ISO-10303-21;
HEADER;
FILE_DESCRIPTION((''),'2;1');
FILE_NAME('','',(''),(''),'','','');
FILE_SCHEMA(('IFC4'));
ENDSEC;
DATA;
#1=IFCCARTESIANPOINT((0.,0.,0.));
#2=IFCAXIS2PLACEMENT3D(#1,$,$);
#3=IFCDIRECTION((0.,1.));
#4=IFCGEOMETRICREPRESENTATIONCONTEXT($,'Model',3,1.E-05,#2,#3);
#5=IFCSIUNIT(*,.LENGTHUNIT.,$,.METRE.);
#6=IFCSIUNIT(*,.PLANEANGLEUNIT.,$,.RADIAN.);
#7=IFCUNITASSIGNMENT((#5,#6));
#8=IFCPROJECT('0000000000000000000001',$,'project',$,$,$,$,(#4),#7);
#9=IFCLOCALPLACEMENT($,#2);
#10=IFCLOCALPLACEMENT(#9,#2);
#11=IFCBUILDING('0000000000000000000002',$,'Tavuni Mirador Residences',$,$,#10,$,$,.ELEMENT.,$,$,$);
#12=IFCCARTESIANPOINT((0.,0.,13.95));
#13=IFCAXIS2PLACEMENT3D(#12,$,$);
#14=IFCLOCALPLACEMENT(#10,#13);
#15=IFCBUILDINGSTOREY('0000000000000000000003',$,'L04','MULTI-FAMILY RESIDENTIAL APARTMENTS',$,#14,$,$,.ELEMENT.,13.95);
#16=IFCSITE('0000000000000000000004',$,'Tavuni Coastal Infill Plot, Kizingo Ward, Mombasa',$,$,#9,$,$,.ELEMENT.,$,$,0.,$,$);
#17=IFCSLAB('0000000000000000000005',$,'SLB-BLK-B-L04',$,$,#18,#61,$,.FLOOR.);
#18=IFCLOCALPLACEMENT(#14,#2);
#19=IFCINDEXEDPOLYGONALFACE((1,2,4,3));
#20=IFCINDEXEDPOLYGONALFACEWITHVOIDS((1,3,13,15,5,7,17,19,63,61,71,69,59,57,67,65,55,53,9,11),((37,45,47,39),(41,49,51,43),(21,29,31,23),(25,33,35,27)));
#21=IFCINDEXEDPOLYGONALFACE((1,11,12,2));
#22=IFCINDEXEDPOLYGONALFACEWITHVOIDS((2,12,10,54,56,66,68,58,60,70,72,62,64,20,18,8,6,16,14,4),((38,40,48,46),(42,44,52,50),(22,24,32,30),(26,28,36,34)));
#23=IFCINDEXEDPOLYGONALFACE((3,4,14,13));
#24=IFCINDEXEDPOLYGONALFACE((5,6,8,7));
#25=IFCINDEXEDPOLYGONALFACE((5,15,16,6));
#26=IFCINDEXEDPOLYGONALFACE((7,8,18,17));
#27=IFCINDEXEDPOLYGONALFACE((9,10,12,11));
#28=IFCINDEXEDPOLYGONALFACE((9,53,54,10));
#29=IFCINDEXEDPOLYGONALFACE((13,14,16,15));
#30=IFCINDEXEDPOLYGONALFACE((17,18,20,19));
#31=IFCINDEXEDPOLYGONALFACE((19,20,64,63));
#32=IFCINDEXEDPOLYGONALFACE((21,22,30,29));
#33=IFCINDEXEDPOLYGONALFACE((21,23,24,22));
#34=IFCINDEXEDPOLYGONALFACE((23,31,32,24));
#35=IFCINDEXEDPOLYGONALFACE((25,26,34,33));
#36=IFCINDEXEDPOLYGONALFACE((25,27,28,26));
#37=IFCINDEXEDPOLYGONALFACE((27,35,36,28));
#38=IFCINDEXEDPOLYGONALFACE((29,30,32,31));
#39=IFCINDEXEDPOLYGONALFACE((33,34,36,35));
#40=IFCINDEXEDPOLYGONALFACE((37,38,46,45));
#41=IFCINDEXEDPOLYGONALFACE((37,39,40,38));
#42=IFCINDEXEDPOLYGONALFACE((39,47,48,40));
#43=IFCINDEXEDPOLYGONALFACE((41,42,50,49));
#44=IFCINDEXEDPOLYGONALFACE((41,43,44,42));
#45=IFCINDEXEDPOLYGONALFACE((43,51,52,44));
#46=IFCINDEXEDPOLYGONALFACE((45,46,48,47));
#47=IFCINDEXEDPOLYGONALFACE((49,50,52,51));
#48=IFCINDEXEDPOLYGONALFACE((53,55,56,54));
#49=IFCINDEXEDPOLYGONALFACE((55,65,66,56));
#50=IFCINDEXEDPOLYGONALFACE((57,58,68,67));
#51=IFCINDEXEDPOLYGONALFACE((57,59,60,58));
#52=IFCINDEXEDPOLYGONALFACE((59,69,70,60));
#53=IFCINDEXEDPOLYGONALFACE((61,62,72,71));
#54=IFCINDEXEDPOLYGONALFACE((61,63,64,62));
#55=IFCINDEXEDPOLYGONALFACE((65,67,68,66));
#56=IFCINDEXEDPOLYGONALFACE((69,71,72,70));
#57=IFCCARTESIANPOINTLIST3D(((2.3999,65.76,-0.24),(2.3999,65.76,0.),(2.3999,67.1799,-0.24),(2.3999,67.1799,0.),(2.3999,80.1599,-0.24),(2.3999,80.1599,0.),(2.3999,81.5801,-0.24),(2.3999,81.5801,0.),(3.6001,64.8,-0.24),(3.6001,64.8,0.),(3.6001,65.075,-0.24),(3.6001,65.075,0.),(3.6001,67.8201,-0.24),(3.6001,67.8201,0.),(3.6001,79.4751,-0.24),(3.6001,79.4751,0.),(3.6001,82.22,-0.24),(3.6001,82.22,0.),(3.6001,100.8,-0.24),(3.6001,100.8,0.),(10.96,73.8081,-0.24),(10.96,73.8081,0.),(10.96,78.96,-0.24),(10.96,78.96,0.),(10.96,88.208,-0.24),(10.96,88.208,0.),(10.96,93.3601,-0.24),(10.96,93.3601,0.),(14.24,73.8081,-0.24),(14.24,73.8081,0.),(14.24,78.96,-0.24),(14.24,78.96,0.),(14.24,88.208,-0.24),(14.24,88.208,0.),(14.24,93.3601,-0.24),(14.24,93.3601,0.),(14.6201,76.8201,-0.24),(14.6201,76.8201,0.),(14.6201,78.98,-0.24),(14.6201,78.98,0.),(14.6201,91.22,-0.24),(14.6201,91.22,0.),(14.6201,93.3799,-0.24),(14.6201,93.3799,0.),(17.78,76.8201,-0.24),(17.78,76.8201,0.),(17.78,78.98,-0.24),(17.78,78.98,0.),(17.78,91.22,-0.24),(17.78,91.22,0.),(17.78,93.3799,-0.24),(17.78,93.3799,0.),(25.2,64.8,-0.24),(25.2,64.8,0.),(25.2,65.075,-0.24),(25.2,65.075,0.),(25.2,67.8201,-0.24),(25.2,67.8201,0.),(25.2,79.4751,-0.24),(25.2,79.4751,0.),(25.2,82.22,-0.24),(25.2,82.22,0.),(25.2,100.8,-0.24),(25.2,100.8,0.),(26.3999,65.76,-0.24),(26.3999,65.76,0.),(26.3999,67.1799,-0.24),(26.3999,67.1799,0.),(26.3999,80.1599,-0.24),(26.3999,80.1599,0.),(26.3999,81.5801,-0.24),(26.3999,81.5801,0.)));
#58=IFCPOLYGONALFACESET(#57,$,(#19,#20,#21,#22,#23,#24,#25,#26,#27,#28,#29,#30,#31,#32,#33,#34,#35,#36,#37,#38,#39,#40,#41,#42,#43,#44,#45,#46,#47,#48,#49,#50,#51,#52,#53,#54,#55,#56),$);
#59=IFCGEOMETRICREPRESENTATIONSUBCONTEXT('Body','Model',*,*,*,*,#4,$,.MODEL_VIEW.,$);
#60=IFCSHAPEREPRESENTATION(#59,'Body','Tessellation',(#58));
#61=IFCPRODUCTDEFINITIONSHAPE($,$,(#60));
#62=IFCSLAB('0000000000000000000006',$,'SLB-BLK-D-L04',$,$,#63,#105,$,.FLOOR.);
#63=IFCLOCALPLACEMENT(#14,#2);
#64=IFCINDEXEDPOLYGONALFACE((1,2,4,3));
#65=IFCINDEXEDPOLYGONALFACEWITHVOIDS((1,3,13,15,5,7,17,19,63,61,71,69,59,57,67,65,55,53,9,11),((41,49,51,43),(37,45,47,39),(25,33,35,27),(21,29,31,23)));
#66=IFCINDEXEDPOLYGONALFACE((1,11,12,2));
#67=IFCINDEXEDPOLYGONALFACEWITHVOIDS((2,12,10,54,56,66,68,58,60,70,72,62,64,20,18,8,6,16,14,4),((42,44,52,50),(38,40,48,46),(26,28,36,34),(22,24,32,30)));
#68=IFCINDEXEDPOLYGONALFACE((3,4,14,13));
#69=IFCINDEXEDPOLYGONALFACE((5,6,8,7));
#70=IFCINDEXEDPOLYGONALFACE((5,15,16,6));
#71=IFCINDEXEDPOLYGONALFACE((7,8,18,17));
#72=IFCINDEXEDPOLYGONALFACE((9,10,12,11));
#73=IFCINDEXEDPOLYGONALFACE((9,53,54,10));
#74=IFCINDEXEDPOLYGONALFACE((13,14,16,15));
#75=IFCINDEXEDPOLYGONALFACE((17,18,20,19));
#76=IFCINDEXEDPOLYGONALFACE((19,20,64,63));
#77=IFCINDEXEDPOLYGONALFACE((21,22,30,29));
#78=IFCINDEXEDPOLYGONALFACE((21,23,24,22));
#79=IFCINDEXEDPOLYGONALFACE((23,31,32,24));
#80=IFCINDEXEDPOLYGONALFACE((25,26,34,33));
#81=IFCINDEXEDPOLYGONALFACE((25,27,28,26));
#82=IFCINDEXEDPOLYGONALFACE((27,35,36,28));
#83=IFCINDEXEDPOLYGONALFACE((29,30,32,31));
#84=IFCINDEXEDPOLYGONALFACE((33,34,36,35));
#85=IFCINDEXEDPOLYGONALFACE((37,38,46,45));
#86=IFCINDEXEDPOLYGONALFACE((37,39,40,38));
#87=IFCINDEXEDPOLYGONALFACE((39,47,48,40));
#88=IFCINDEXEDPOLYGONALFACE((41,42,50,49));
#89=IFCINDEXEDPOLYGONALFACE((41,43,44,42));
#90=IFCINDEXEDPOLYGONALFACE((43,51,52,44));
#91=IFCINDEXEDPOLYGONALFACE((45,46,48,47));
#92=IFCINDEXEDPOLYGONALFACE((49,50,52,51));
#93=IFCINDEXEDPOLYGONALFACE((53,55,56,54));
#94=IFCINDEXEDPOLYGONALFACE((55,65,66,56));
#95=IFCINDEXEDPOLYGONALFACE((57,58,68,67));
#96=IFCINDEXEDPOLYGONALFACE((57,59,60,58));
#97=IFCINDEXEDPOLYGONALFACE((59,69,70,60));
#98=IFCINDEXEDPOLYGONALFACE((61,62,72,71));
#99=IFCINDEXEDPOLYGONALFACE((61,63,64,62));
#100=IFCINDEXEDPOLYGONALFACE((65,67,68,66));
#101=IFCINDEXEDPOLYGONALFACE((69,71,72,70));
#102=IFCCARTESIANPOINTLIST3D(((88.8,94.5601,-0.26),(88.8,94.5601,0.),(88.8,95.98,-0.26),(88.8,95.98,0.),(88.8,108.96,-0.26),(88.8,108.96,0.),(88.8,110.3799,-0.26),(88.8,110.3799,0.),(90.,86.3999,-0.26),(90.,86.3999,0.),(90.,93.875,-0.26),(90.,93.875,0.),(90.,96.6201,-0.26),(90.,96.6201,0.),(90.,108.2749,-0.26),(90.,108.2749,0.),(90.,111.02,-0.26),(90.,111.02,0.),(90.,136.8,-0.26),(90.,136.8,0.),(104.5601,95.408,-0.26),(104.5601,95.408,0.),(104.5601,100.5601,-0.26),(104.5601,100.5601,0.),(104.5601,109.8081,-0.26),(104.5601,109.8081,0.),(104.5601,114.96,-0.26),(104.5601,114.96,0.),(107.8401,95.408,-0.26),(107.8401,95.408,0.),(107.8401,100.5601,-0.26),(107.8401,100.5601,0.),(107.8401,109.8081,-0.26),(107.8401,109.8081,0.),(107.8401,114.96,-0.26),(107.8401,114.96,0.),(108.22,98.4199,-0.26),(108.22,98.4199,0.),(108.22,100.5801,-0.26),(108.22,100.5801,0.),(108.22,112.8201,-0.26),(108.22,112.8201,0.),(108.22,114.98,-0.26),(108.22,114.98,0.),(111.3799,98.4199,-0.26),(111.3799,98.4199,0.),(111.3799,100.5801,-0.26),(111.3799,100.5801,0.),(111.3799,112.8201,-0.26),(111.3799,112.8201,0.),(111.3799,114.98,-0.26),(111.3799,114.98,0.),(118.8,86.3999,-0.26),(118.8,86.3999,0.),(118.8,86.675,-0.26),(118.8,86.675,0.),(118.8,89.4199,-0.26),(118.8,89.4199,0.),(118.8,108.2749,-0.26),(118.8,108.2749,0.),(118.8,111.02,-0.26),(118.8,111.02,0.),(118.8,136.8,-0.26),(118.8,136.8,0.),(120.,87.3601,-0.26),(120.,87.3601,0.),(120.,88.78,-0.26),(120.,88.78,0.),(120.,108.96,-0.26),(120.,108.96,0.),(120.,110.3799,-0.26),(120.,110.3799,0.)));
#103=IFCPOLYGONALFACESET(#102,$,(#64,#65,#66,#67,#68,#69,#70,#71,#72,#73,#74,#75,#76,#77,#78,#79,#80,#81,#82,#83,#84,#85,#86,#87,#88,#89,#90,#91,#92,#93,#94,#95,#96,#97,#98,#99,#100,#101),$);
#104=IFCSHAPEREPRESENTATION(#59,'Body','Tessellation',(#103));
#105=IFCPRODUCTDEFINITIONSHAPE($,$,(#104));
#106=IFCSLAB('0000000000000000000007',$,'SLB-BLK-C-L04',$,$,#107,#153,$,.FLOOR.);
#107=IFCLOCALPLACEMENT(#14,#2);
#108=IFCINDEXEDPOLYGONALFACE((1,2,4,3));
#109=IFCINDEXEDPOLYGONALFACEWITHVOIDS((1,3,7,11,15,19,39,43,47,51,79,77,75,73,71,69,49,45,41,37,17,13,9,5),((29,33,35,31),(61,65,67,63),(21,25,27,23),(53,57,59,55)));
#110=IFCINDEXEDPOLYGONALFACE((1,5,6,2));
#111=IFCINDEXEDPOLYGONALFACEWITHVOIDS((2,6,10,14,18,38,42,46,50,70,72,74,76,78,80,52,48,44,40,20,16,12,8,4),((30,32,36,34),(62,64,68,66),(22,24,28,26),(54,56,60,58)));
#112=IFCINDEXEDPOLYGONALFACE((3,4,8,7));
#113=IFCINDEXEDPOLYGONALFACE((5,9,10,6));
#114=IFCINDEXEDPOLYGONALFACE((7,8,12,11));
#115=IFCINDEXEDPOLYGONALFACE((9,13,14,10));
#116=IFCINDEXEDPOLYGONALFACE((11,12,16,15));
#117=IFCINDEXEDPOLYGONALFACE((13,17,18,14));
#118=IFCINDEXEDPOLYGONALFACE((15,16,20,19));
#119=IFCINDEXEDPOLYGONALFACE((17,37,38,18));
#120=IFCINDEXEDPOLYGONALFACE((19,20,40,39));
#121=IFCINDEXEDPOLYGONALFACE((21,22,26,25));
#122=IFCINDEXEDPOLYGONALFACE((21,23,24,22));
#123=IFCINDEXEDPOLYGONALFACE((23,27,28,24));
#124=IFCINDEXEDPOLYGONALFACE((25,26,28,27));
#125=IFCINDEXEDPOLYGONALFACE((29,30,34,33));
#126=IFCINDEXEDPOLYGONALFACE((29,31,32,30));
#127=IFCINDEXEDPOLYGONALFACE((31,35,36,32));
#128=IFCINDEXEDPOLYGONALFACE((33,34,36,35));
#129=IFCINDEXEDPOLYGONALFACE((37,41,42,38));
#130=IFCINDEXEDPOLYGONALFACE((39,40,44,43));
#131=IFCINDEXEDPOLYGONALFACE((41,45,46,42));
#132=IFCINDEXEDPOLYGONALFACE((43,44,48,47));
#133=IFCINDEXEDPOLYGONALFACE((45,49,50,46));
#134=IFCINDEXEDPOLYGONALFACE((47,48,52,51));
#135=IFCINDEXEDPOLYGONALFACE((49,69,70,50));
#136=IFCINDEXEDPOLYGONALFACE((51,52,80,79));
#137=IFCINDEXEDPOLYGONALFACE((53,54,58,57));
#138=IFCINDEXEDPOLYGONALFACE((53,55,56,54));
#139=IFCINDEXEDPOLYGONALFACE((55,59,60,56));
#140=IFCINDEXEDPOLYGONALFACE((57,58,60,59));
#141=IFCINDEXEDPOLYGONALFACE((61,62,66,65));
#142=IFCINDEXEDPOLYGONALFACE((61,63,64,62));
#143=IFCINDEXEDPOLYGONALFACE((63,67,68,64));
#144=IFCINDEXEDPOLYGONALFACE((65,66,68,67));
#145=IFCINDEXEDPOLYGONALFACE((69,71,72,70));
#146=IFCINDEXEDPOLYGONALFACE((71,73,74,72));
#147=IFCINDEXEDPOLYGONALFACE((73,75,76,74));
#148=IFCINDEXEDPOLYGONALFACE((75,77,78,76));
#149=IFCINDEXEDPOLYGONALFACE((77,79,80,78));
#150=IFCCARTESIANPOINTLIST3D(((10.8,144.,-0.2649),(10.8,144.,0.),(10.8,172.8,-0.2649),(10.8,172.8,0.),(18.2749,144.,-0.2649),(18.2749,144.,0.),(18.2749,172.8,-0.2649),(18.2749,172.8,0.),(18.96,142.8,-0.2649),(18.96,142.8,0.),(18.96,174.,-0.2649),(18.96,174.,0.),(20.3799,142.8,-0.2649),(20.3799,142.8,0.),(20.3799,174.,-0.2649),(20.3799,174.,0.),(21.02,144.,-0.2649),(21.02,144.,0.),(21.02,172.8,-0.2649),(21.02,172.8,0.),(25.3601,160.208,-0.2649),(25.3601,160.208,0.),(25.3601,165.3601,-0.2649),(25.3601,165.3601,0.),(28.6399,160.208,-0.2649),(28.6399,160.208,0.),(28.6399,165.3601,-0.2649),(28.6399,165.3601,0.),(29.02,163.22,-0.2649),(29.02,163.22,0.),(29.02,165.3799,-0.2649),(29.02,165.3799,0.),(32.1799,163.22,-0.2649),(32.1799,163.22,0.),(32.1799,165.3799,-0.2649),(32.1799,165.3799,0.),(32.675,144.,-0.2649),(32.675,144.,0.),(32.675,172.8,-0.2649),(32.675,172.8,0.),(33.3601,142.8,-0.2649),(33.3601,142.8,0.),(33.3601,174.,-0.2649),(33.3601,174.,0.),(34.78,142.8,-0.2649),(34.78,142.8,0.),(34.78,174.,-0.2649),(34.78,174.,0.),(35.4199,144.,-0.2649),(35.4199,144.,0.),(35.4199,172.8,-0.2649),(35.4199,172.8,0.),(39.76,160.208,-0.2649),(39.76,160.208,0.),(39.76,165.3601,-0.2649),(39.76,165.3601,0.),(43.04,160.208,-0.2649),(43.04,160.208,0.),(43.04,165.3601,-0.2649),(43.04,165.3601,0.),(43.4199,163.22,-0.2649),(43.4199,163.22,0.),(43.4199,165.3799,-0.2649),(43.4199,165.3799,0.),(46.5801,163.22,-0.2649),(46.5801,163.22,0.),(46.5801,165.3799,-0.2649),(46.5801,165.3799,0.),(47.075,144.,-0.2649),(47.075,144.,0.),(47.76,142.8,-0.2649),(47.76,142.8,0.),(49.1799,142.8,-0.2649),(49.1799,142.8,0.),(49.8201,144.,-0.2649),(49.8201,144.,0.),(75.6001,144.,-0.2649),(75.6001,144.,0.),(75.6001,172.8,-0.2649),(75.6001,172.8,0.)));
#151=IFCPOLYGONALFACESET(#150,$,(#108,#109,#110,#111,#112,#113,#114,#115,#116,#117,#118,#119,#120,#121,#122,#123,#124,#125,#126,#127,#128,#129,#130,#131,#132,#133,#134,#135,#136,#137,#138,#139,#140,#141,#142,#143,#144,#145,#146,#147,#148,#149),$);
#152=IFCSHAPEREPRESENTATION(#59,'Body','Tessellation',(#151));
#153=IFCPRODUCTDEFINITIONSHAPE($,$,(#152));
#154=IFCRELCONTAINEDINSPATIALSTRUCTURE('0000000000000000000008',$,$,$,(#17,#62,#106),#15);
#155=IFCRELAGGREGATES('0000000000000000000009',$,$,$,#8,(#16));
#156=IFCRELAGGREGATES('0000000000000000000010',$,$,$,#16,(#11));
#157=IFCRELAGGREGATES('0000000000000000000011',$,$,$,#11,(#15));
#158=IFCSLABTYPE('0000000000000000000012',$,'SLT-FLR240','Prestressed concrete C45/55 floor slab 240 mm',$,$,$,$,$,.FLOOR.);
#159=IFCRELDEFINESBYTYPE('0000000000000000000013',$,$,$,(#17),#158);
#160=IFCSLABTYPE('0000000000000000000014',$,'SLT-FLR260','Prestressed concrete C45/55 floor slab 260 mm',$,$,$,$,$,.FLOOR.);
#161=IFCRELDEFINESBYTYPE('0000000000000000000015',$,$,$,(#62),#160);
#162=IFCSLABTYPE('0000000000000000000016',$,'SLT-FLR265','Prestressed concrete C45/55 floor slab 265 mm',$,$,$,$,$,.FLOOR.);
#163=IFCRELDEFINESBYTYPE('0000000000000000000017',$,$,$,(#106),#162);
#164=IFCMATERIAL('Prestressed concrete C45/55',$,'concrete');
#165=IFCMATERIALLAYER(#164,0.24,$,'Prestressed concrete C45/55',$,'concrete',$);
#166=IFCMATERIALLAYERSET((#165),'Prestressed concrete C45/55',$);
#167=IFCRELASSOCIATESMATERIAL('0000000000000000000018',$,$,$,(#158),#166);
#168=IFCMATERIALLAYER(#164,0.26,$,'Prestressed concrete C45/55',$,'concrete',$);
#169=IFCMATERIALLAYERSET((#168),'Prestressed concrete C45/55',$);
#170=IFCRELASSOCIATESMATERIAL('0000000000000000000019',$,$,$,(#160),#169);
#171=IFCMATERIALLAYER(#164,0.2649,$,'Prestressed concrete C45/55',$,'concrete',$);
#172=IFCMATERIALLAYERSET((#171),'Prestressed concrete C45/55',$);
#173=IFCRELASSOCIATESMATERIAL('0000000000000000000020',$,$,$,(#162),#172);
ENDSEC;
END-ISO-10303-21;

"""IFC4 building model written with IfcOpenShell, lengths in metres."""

from ifc_helpers import new_model, si_unit, direction, frame, origin, place, context, subcontext, project, spatial, polyline, outline, extrude, material, layer, layer_set, type_object, element, save


model = new_model("IFC4")

# Units and contexts
model_context = context("Model", 3, precision=1e-05, world=origin(), true_north=direction((0.0, 1.0)))
body_context = subcontext(model_context, "Body", "Model", "MODEL_VIEW")
ifc_project = project(units=[si_unit("LENGTHUNIT", "METRE"), si_unit("PLANEANGLEUNIT", "RADIAN")], contexts=[model_context])

# Site, building, storey
site_placement = place(None, origin())
site = spatial("IfcSite", under=ifc_project, at=site_placement, Name="Tavuni Coastal Infill Plot, Kizingo Ward, Mombasa", CompositionType="ELEMENT", RefElevation=0.0)
building_placement = place(site_placement, origin())
building = spatial("IfcBuilding", under=site, at=building_placement, Name="Tavuni Mirador Residences", CompositionType="ELEMENT")
storey_placement = place(building_placement, frame((0.0, 0.0, 13.95)))
storey = spatial("IfcBuildingStorey", under=building, at=storey_placement, Name="L04", Description="MULTI-FAMILY RESIDENTIAL APARTMENTS", CompositionType="ELEMENT", Elevation=13.95)

# Slabs
ifc_material_1 = material(Name="Prestressed concrete C45/55", Category="concrete")
ifc_layer_1 = layer(ifc_material_1, 0.24, Name="Prestressed concrete C45/55", Category="concrete")
ifc_layer_set_1 = layer_set([ifc_layer_1], Name="Prestressed concrete C45/55")
slab_type_1 = type_object("IfcSlabType", Name="SLT-FLR240", Description="Prestressed concrete C45/55 floor slab 240 mm", PredefinedType="FLOOR", material=ifc_layer_set_1)
slab_1_placement = place(storey_placement, frame((0.0, 0.0, -0.24)))
element("IfcSlab", 1, at=slab_1_placement, inside=storey, type_object=slab_type_1, Name="SLB-BLK-B-L04", PredefinedType="FLOOR", context=body_context, shape_type="SweptSolid", body=[
    extrude(outline(polyline([(3.6001, 64.8), (25.2, 64.8), (25.2, 65.075), (26.3999, 65.76), (26.3999, 67.1799), (25.2, 67.8201), (25.2, 79.4751), (26.3999, 80.1599), (26.3999, 81.5801), (25.2, 82.22), (25.2, 100.8), (3.6001, 100.8), (3.6001, 82.22), (2.3999, 81.5801), (2.3999, 80.1599), (3.6001, 79.4751), (3.6001, 67.8201), (2.3999, 67.1799), (2.3999, 65.76), (3.6001, 65.075), (3.6001, 64.8)]), holes=[polyline([(10.96, 73.8081), (14.24, 73.8081), (14.24, 78.96), (10.96, 78.96), (10.96, 73.8081)]), polyline([(14.6201, 76.8201), (17.78, 76.8201), (17.78, 78.98), (14.6201, 78.98), (14.6201, 76.8201)]), polyline([(10.96, 88.208), (14.24, 88.208), (14.24, 93.3601), (10.96, 93.3601), (10.96, 88.208)]), polyline([(14.6201, 91.22), (17.78, 91.22), (17.78, 93.3799), (14.6201, 93.3799), (14.6201, 91.22)])]), origin(), (0.0, 0.0, 1.0), 0.24),
])
ifc_layer_2 = layer(ifc_material_1, 0.26, Name="Prestressed concrete C45/55", Category="concrete")
ifc_layer_set_2 = layer_set([ifc_layer_2], Name="Prestressed concrete C45/55")
slab_type_2 = type_object("IfcSlabType", Name="SLT-FLR260", Description="Prestressed concrete C45/55 floor slab 260 mm", PredefinedType="FLOOR", material=ifc_layer_set_2)
slab_2_placement = place(storey_placement, frame((0.0, 0.0, -0.26)))
element("IfcSlab", 2, at=slab_2_placement, inside=storey, type_object=slab_type_2, Name="SLB-BLK-D-L04", PredefinedType="FLOOR", context=body_context, shape_type="SweptSolid", body=[
    extrude(outline(polyline([(90.0, 86.3999), (118.8, 86.3999), (118.8, 86.675), (120.0, 87.3601), (120.0, 88.78), (118.8, 89.4199), (118.8, 108.2749), (120.0, 108.96), (120.0, 110.3799), (118.8, 111.02), (118.8, 136.8), (90.0, 136.8), (90.0, 111.02), (88.8, 110.3799), (88.8, 108.96), (90.0, 108.2749), (90.0, 96.6201), (88.8, 95.98), (88.8, 94.5601), (90.0, 93.875), (90.0, 86.3999)]), holes=[polyline([(104.5601, 95.408), (107.8401, 95.408), (107.8401, 100.5601), (104.5601, 100.5601), (104.5601, 95.408)]), polyline([(108.22, 98.4199), (111.3799, 98.4199), (111.3799, 100.5801), (108.22, 100.5801), (108.22, 98.4199)]), polyline([(104.5601, 109.8081), (107.8401, 109.8081), (107.8401, 114.96), (104.5601, 114.96), (104.5601, 109.8081)]), polyline([(108.22, 112.8201), (111.3799, 112.8201), (111.3799, 114.98), (108.22, 114.98), (108.22, 112.8201)])]), origin(), (0.0, 0.0, 1.0), 0.26),
])
ifc_layer_3 = layer(ifc_material_1, 0.2649, Name="Prestressed concrete C45/55", Category="concrete")
ifc_layer_set_3 = layer_set([ifc_layer_3], Name="Prestressed concrete C45/55")
slab_type_3 = type_object("IfcSlabType", Name="SLT-FLR265", Description="Prestressed concrete C45/55 floor slab 265 mm", PredefinedType="FLOOR", material=ifc_layer_set_3)
slab_3_placement = place(storey_placement, frame((0.0, 0.0, -0.2649)))
element("IfcSlab", 3, at=slab_3_placement, inside=storey, type_object=slab_type_3, Name="SLB-BLK-C-L04", PredefinedType="FLOOR", context=body_context, shape_type="SweptSolid", body=[
    extrude(outline(polyline([(10.8, 144.0), (18.2749, 144.0), (18.96, 142.8), (20.3799, 142.8), (21.02, 144.0), (32.675, 144.0), (33.3601, 142.8), (34.78, 142.8), (35.4199, 144.0), (47.075, 144.0), (47.76, 142.8), (49.1799, 142.8), (49.8201, 144.0), (75.6001, 144.0), (75.6001, 172.8), (35.4199, 172.8), (34.78, 174.0), (33.3601, 174.0), (32.675, 172.8), (21.02, 172.8), (20.3799, 174.0), (18.96, 174.0), (18.2749, 172.8), (10.8, 172.8), (10.8, 144.0)]), holes=[polyline([(25.3601, 160.208), (28.6399, 160.208), (28.6399, 165.3601), (25.3601, 165.3601), (25.3601, 160.208)]), polyline([(29.02, 163.22), (32.1799, 163.22), (32.1799, 165.3799), (29.02, 165.3799), (29.02, 163.22)]), polyline([(39.76, 160.208), (43.04, 160.208), (43.04, 165.3601), (39.76, 165.3601), (39.76, 160.208)]), polyline([(43.4199, 163.22), (46.5801, 163.22), (46.5801, 165.3799), (43.4199, 165.3799), (43.4199, 163.22)])]), origin(), (0.0, 0.0, 1.0), 0.2649),
])

save(model, "model.ifc")
